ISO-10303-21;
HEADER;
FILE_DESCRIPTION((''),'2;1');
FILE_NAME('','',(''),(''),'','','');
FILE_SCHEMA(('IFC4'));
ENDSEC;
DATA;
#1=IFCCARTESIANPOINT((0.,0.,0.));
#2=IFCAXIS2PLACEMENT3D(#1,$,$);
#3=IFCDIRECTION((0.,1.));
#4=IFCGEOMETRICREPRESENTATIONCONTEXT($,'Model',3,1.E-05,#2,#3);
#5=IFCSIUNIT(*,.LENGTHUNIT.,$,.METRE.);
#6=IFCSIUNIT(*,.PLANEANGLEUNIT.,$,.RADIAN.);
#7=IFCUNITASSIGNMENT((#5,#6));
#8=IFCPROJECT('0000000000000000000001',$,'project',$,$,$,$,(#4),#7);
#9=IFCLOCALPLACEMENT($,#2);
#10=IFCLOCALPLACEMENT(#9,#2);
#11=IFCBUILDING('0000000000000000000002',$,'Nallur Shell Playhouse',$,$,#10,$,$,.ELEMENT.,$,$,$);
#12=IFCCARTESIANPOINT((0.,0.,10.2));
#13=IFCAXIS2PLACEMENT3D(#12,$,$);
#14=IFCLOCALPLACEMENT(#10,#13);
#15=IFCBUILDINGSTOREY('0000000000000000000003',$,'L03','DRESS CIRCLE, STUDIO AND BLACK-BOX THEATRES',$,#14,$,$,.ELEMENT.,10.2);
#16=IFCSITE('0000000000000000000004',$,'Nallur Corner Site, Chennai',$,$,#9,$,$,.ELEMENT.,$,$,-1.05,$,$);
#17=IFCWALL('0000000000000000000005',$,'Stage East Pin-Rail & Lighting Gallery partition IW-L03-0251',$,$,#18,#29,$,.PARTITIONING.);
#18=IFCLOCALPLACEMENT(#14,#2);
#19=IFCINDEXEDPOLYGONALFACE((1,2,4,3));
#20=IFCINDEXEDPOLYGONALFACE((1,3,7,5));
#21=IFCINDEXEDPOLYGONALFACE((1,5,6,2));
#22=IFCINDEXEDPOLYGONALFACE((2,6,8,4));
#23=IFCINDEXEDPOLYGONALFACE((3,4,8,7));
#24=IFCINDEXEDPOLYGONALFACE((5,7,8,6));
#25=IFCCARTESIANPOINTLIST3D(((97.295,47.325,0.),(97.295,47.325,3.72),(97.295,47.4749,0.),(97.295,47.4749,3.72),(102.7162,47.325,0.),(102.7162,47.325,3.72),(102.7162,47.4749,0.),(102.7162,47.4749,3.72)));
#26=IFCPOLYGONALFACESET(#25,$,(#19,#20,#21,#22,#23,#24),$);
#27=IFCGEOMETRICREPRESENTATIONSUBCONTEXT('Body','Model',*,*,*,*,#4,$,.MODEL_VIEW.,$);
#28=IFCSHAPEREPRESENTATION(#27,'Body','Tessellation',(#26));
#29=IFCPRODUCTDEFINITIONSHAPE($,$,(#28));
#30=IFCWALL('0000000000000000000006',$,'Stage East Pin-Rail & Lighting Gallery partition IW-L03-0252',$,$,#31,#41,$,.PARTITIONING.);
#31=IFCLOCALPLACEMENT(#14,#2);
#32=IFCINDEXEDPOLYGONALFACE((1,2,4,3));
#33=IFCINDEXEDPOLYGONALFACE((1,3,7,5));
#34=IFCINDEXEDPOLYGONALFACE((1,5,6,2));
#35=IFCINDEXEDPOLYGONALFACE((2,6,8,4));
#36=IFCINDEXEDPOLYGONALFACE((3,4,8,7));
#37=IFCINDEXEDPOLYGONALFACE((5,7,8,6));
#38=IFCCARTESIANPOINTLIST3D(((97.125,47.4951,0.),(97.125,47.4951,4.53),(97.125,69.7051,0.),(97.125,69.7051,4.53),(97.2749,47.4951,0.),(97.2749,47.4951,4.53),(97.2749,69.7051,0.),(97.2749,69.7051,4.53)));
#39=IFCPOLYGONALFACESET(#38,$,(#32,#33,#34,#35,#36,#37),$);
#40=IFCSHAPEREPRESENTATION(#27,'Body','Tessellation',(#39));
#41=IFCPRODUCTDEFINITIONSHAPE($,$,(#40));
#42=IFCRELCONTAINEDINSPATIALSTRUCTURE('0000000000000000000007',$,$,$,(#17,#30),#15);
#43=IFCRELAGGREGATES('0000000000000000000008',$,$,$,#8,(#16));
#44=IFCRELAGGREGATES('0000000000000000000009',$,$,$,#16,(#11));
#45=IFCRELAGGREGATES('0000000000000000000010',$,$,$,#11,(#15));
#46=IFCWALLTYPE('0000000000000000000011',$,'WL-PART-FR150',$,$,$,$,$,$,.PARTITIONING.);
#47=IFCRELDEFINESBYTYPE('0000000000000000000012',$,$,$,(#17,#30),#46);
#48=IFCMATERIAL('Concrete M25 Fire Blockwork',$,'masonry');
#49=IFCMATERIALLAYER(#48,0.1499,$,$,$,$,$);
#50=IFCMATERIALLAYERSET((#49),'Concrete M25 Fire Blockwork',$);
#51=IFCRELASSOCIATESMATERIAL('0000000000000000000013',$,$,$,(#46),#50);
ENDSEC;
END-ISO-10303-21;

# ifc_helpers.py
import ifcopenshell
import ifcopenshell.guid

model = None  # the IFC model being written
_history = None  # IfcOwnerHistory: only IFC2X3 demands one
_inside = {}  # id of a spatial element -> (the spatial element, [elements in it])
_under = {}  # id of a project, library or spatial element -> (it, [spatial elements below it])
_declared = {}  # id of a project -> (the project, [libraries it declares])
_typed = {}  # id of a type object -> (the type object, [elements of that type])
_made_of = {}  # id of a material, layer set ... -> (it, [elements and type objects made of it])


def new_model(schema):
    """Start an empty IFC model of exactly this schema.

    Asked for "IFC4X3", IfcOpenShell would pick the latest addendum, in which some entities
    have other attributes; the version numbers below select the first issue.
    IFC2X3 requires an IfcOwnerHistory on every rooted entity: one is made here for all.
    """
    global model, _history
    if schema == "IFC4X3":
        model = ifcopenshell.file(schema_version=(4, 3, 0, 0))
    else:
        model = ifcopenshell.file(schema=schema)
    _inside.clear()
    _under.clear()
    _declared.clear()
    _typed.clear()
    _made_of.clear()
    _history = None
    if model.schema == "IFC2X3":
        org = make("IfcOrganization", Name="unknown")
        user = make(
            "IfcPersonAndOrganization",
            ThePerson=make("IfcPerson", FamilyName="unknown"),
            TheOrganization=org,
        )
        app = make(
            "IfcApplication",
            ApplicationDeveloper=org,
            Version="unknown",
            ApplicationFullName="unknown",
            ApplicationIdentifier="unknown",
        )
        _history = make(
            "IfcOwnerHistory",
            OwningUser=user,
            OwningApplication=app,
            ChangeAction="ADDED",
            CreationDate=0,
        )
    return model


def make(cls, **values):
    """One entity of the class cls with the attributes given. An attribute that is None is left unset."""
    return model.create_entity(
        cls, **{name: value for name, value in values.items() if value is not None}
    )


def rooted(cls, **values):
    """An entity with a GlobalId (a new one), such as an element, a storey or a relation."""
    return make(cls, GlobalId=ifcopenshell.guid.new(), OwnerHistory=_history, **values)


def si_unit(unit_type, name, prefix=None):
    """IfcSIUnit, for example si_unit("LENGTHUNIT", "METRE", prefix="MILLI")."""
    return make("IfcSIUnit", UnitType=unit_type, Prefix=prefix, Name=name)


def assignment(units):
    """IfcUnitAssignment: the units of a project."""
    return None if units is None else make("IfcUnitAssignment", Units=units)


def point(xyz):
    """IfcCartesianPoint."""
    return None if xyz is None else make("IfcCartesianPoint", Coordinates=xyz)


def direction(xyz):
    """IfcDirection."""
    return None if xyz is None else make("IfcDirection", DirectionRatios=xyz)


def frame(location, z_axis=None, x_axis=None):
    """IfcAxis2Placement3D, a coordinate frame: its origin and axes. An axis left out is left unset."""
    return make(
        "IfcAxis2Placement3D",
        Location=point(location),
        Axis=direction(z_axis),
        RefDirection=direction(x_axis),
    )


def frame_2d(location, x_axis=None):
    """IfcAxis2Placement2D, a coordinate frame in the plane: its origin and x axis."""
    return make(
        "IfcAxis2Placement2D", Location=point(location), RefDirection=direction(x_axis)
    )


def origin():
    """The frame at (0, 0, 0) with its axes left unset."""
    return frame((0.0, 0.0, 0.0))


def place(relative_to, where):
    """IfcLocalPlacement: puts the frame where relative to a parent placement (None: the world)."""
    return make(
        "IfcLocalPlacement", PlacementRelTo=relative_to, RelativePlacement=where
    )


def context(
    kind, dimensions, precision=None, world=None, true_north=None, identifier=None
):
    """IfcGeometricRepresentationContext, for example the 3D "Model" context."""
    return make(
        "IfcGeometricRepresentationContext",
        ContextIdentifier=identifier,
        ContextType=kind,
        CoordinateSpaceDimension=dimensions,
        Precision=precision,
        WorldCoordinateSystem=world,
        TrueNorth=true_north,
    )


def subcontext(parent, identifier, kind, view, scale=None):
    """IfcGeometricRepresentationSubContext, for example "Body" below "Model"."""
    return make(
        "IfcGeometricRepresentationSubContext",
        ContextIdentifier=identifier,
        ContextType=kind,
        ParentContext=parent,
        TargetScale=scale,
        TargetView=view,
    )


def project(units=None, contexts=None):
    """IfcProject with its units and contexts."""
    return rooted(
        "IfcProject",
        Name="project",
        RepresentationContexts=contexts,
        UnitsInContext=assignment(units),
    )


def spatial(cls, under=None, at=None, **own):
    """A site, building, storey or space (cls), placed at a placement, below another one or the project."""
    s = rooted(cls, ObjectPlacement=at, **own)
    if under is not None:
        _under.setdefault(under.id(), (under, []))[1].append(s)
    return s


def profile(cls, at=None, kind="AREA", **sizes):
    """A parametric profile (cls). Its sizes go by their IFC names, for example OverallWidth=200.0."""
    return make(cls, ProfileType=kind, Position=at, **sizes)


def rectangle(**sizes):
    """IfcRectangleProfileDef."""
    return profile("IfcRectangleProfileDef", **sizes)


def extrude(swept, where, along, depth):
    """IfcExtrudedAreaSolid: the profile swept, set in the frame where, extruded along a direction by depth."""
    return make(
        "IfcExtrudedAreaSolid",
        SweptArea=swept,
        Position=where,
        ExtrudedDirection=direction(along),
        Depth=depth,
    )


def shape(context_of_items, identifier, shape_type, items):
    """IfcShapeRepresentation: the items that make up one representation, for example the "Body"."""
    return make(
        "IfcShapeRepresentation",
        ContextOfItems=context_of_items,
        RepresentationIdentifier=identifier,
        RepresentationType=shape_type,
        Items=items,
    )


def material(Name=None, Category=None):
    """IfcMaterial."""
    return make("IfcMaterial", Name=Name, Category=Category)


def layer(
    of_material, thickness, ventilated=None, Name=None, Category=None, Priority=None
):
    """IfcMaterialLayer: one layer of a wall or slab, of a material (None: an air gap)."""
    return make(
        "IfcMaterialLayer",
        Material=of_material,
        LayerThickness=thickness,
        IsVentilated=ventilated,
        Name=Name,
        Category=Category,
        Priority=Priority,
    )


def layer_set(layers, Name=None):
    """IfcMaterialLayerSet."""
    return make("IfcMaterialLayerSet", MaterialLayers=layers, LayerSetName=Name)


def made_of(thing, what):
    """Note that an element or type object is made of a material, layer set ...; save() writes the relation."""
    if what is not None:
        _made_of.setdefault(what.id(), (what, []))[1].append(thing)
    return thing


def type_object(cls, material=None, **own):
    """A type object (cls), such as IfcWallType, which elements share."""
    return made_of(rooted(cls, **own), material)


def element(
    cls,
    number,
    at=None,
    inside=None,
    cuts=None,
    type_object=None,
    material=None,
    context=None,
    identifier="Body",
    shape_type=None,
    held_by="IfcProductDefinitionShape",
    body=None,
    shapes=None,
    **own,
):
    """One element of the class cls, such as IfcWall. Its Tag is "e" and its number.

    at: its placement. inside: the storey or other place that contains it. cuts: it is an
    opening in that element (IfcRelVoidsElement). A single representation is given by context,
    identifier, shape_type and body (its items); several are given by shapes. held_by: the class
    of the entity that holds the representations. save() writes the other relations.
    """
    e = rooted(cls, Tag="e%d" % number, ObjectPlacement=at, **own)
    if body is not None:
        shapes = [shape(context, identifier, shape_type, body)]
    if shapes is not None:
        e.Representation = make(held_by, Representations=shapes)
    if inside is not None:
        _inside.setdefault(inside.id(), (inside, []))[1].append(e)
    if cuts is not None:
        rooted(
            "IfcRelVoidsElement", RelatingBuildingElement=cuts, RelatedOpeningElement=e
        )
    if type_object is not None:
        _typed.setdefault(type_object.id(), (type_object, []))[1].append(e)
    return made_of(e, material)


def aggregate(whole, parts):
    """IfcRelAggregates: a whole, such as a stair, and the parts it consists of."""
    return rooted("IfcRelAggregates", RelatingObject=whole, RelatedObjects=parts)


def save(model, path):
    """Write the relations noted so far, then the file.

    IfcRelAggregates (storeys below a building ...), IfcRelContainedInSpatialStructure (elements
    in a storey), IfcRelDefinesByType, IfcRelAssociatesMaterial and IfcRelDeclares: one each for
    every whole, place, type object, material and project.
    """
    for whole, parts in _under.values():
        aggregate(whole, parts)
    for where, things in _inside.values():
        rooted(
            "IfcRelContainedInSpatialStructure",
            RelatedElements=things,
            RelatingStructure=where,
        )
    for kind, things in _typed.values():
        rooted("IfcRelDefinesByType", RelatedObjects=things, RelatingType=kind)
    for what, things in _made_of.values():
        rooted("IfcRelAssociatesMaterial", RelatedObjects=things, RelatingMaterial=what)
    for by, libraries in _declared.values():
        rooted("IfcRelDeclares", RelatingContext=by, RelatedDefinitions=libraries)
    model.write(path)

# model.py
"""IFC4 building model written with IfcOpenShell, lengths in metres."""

from ifc_helpers import new_model, si_unit, direction, frame, frame_2d, origin, place, context, subcontext, project, spatial, rectangle, extrude, material, layer, layer_set, type_object, element, save


model = new_model("IFC4")

# Units and contexts
model_context = context("Model", 3, precision=1e-05, world=origin(), true_north=direction((0.0, 1.0)))
body_context = subcontext(model_context, "Body", "Model", "MODEL_VIEW")
ifc_project = project(units=[si_unit("LENGTHUNIT", "METRE"), si_unit("PLANEANGLEUNIT", "RADIAN")], contexts=[model_context])

# Site, building, storey
site_placement = place(None, origin())
site = spatial("IfcSite", under=ifc_project, at=site_placement, Name="Nallur Corner Site, Chennai", CompositionType="ELEMENT", RefElevation=-1.05)
building_placement = place(site_placement, origin())
building = spatial("IfcBuilding", under=site, at=building_placement, Name="Nallur Shell Playhouse", CompositionType="ELEMENT")
storey_placement = place(building_placement, frame((0.0, 0.0, 10.2)))
storey = spatial("IfcBuildingStorey", under=building, at=storey_placement, Name="L03", Description="DRESS CIRCLE, STUDIO AND BLACK-BOX THEATRES", CompositionType="ELEMENT", Elevation=10.2)

# Walls
ifc_material_1 = material(Name="Concrete M25 Fire Blockwork", Category="masonry")
ifc_layer_1 = layer(ifc_material_1, 0.1499)
ifc_layer_set_1 = layer_set([ifc_layer_1], Name="Concrete M25 Fire Blockwork")
wall_type_1 = type_object("IfcWallType", Name="WL-PART-FR150", PredefinedType="PARTITIONING", material=ifc_layer_set_1)
wall_1_placement = place(storey_placement, frame((102.7161, 47.3999, 0.0), z_axis=(0.0, 0.0, 1.0), x_axis=(-1.0, 0.0, 0.0)))
element("IfcWall", 1, at=wall_1_placement, inside=storey, type_object=wall_type_1, Name="Stage East Pin-Rail & Lighting Gallery partition IW-L03-0251", PredefinedType="PARTITIONING", context=body_context, shape_type="SweptSolid", body=[
    extrude(rectangle(XDim=5.4211, YDim=0.1499, at=frame_2d((2.7104, 0.0))), origin(), (0.0, 0.0, 1.0), 3.72),
])
wall_2_placement = place(storey_placement, frame((97.2, 47.4951, 0.0), z_axis=(0.0, 0.0, 1.0), x_axis=(0.0, 1.0, 0.0)))
element("IfcWall", 2, at=wall_2_placement, inside=storey, type_object=wall_type_1, Name="Stage East Pin-Rail & Lighting Gallery partition IW-L03-0252", PredefinedType="PARTITIONING", context=body_context, shape_type="SweptSolid", body=[
    extrude(rectangle(XDim=22.21, YDim=0.1499, at=frame_2d((11.105, 0.0))), origin(), (0.0, 0.0, 1.0), 4.53),
])

save(model, "model.ifc")
